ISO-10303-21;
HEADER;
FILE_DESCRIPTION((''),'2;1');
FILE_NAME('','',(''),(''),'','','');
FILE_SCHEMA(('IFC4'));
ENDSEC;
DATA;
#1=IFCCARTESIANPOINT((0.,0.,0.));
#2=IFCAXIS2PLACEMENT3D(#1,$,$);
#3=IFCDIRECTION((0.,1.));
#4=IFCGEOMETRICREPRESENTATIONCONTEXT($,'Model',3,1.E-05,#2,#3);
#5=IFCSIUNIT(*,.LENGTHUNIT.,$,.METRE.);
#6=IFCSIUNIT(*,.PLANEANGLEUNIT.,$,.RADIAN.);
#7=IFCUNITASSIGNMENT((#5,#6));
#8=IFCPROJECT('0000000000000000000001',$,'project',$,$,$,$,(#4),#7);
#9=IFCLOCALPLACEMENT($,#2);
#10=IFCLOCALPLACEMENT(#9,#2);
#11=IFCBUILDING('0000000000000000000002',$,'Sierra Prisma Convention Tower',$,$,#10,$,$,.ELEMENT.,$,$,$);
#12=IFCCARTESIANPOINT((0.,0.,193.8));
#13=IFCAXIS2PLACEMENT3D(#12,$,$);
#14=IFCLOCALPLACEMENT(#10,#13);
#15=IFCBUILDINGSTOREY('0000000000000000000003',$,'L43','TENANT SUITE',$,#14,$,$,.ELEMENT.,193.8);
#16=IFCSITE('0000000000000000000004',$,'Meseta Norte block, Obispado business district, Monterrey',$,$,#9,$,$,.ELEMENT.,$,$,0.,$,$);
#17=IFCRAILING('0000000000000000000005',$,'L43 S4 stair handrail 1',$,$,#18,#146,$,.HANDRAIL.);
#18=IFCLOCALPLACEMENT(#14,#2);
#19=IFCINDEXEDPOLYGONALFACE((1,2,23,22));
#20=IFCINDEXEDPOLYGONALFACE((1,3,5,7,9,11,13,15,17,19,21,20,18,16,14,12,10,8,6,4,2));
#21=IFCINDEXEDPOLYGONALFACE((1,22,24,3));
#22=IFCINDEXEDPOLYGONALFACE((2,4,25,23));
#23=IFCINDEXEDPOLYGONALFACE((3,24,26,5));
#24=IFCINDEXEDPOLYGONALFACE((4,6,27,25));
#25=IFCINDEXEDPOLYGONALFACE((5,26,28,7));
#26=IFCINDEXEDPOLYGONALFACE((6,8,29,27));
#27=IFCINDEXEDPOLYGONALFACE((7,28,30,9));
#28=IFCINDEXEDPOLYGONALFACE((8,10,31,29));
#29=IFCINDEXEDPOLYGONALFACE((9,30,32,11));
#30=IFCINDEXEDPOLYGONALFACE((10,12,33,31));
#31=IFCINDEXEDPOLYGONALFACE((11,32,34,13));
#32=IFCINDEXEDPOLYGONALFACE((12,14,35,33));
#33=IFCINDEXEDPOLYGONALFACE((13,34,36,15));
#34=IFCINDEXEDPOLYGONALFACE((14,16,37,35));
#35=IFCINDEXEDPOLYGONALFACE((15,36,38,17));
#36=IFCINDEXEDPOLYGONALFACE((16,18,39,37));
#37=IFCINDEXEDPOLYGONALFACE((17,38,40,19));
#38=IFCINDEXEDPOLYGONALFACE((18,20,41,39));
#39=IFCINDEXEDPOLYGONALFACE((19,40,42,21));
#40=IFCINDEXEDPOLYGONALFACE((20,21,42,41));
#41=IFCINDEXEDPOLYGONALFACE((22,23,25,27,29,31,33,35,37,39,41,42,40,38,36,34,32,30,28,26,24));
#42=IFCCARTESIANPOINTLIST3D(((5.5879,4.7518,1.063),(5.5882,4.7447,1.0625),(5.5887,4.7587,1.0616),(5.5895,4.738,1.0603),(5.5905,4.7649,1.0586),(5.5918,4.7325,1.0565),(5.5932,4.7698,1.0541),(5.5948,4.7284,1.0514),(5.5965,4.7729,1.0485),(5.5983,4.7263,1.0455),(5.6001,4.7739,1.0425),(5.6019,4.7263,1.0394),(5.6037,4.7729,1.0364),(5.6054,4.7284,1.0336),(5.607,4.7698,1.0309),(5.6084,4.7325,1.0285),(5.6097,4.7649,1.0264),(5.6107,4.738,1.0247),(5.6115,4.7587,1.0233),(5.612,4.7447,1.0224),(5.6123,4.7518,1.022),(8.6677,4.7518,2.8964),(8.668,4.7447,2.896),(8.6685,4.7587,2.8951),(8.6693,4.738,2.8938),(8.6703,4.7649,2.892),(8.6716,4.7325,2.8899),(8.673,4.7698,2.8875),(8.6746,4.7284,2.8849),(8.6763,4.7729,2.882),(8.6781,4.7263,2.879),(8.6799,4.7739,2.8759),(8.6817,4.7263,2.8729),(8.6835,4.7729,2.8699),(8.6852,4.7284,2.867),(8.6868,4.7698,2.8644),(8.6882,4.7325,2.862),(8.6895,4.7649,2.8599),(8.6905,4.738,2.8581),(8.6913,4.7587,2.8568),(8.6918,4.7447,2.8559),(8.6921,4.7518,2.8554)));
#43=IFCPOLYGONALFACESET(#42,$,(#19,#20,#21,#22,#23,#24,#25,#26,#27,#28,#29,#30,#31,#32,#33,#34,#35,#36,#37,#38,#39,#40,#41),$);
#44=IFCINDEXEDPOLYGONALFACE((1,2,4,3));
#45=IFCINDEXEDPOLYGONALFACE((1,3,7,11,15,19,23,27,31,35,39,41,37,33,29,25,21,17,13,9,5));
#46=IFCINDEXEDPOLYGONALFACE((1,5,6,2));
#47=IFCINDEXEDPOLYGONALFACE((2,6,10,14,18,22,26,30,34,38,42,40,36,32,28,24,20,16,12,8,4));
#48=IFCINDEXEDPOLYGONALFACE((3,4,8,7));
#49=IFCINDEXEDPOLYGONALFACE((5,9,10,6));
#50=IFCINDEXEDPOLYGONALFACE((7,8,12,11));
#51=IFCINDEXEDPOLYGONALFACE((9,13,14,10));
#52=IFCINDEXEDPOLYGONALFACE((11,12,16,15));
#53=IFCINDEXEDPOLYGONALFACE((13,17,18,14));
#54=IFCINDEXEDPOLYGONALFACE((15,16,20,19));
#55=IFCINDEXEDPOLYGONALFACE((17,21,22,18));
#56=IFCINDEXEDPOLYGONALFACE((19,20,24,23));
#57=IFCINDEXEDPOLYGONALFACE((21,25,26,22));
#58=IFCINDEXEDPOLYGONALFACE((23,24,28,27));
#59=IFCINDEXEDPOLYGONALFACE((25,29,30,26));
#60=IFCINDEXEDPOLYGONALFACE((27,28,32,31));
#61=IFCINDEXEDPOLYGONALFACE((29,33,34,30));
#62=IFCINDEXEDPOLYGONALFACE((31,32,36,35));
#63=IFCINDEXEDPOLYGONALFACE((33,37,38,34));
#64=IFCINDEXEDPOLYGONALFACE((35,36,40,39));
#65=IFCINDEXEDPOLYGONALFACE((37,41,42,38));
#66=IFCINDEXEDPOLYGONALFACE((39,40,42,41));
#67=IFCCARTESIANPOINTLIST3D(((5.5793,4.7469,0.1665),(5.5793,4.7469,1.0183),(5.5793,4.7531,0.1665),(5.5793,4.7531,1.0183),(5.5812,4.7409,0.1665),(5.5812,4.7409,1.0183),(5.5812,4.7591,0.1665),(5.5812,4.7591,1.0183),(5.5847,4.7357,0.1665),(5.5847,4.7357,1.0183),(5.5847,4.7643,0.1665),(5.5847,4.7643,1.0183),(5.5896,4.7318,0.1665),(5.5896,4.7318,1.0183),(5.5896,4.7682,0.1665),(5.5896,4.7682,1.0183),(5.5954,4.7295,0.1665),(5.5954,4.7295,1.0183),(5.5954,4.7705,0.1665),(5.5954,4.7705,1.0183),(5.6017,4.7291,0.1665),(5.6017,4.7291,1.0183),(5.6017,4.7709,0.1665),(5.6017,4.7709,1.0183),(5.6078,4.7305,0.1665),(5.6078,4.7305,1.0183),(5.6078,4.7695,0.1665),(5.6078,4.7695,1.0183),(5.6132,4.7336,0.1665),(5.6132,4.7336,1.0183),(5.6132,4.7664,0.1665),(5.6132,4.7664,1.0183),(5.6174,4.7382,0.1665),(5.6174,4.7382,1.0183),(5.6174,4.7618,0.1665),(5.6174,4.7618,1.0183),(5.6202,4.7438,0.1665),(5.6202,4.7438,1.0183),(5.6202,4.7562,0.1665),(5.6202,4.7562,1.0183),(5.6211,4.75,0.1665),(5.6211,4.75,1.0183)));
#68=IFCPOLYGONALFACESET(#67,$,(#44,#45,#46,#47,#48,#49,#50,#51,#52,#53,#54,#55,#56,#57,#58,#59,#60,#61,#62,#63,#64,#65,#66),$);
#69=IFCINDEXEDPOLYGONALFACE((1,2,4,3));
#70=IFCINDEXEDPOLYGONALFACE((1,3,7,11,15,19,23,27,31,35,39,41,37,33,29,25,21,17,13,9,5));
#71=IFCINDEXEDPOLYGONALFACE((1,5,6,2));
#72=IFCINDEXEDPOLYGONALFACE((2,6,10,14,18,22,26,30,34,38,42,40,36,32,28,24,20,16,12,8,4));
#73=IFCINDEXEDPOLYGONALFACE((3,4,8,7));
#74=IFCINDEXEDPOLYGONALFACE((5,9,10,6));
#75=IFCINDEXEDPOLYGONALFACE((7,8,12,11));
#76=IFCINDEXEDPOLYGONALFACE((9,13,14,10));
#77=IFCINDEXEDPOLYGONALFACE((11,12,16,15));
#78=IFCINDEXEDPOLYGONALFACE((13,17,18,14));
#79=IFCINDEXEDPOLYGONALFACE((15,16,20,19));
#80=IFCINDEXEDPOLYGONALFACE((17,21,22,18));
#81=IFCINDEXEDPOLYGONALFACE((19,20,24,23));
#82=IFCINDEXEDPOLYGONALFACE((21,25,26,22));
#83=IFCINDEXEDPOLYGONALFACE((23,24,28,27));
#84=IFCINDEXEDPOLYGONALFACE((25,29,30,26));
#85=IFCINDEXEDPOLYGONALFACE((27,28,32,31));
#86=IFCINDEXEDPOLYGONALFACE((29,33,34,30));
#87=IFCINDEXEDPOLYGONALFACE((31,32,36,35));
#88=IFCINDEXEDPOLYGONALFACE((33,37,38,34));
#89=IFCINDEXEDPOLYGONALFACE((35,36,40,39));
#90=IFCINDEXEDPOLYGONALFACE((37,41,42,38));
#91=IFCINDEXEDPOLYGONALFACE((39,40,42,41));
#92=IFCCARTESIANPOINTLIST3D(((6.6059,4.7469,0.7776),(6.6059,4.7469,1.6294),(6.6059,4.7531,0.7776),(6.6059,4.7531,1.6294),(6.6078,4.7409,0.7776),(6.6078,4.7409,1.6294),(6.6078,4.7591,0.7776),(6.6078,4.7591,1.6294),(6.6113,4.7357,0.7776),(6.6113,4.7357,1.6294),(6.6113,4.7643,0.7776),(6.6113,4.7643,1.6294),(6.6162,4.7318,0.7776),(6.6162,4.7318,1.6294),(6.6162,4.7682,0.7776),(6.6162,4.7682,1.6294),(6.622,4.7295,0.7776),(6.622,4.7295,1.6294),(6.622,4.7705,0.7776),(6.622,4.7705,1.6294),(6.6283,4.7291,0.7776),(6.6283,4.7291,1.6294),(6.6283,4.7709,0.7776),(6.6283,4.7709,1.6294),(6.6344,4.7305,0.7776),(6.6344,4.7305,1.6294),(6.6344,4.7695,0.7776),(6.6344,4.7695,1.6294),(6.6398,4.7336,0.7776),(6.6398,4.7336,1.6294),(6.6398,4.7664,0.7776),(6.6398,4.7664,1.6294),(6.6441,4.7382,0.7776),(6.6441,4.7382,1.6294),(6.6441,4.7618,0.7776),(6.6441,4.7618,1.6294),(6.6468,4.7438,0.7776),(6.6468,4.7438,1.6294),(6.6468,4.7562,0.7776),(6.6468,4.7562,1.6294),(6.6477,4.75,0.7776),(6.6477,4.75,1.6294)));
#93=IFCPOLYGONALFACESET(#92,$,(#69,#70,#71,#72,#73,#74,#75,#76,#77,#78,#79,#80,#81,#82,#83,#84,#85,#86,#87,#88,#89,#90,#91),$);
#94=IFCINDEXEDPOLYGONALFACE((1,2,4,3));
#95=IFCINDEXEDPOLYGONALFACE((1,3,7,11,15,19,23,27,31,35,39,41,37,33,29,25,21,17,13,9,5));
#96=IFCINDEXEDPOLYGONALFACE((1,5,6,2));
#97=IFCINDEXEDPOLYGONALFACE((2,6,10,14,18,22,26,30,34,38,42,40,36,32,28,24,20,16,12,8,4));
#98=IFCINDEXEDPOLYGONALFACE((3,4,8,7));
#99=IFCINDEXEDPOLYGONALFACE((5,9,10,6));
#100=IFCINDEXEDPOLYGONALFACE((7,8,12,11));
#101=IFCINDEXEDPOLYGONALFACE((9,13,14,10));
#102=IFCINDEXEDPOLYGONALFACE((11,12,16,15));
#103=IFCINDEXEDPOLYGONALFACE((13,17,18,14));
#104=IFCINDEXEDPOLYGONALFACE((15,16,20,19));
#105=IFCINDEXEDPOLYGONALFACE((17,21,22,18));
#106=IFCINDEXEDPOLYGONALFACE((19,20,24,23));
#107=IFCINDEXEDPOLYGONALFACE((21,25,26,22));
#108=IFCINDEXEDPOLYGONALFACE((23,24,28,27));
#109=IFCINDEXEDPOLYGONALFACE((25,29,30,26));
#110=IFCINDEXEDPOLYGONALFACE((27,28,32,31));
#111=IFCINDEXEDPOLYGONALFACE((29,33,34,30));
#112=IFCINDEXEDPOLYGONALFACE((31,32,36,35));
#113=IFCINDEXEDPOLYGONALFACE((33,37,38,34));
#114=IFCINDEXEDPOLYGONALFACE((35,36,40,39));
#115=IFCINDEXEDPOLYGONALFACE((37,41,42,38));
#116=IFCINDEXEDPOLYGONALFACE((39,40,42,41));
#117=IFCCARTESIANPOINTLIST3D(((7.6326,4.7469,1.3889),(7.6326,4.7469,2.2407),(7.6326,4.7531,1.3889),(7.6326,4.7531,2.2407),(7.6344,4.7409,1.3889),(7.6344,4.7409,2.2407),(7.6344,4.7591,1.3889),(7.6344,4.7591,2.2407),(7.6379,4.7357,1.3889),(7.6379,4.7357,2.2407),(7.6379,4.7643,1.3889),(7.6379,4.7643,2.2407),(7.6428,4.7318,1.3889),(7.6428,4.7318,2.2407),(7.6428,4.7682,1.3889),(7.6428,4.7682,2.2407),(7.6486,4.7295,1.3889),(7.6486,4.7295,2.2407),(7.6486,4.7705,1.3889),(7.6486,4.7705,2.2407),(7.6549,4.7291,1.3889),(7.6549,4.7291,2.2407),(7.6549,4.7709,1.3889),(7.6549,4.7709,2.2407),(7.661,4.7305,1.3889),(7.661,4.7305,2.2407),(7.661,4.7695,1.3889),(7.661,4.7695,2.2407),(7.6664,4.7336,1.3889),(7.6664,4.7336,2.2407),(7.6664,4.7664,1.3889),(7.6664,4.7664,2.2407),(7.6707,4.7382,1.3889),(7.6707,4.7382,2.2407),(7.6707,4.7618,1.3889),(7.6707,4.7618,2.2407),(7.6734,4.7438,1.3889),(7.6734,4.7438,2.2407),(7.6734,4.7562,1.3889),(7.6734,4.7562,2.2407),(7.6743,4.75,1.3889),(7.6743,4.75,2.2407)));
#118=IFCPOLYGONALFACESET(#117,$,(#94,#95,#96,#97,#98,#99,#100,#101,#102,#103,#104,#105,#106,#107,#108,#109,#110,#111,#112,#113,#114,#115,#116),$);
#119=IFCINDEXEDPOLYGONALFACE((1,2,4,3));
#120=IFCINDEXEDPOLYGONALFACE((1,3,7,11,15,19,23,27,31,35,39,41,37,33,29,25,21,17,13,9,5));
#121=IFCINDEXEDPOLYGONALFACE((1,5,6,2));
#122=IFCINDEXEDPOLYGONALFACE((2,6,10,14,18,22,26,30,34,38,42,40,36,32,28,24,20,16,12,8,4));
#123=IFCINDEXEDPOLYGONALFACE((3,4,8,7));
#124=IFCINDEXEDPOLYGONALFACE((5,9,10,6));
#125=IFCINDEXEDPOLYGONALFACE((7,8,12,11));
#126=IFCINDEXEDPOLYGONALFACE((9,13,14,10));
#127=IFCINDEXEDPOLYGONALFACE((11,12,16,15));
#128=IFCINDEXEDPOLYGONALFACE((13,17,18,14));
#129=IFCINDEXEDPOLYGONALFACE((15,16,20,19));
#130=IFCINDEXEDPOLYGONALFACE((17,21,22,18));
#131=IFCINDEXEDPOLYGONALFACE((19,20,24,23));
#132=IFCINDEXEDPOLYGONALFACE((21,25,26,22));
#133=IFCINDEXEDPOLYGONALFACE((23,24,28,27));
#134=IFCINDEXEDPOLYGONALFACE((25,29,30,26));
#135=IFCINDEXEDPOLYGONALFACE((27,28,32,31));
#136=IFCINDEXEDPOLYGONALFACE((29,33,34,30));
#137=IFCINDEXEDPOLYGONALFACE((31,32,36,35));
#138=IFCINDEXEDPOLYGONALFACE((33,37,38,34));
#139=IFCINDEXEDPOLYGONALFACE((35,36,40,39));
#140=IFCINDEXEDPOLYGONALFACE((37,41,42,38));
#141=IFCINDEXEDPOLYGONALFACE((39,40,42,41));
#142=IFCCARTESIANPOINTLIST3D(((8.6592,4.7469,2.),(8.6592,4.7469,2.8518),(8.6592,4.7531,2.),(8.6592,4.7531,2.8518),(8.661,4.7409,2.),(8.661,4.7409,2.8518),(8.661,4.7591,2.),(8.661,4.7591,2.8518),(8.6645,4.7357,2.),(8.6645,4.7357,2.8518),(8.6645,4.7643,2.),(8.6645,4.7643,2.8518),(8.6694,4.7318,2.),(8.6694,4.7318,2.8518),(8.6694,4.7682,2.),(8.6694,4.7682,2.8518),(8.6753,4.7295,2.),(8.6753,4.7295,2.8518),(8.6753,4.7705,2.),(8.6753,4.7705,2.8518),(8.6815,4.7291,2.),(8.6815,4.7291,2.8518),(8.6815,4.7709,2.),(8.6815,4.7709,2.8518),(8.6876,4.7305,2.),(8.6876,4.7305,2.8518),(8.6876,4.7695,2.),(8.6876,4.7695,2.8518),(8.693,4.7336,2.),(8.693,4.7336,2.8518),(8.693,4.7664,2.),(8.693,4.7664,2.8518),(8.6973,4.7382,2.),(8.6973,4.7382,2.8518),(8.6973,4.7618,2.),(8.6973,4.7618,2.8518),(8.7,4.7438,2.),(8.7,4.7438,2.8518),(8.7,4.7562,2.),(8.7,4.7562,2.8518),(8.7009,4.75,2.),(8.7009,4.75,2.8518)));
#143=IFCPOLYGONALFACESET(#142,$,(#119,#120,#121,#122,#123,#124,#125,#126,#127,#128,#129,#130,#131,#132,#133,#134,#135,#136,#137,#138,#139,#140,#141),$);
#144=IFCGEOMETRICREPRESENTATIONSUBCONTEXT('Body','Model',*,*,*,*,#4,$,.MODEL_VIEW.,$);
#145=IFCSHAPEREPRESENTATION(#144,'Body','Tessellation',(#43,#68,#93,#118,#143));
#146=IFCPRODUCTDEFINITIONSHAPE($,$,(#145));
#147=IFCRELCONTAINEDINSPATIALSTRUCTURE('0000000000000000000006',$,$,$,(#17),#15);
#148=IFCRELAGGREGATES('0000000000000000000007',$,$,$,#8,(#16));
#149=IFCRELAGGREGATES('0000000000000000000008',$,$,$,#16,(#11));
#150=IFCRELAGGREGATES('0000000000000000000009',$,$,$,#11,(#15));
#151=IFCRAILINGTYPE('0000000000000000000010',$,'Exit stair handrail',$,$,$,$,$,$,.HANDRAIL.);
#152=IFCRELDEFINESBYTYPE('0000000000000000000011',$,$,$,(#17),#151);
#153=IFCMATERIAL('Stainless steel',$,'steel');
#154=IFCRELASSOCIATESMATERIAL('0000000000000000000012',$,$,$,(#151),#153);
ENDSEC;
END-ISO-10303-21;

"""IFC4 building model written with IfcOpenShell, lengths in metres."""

from ifc_helpers import new_model, si_unit, direction, frame, origin, origin_2d, place, context, subcontext, project, spatial, circle, extrude, material, type_object, element, save


model = new_model("IFC4")

# Units and contexts
model_context = context("Model", 3, precision=1e-05, world=origin(), true_north=direction((0.0, 1.0)))
body_context = subcontext(model_context, "Body", "Model", "MODEL_VIEW")
ifc_project = project(units=[si_unit("LENGTHUNIT", "METRE"), si_unit("PLANEANGLEUNIT", "RADIAN")], contexts=[model_context])

# Site, building, storey
site_placement = place(None, origin())
site = spatial("IfcSite", under=ifc_project, at=site_placement, Name="Meseta Norte block, Obispado business district, Monterrey", CompositionType="ELEMENT", RefElevation=0.0)
building_placement = place(site_placement, origin())
building = spatial("IfcBuilding", under=site, at=building_placement, Name="Sierra Prisma Convention Tower", CompositionType="ELEMENT")
storey_placement = place(building_placement, frame((0.0, 0.0, 193.8)))
storey = spatial("IfcBuildingStorey", under=building, at=storey_placement, Name="L43", Description="TENANT SUITE", CompositionType="ELEMENT", Elevation=193.8)

# Railing
ifc_material_1 = material(Name="Stainless steel", Category="steel")
railing_type_1 = type_object("IfcRailingType", Name="Exit stair handrail", PredefinedType="HANDRAIL", material=ifc_material_1)
railing_1_placement = place(storey_placement, frame((5.6001, 4.75, 0.1665)))
element("IfcRailing", 1, at=railing_1_placement, inside=storey, type_object=railing_type_1, Name="L43 S4 stair handrail 1", PredefinedType="HANDRAIL", context=body_context, shape_type="SweptSolid", body=[
    extrude(circle(Radius=0.0239, at=origin_2d()), frame((0.0, 0.0, 0.876), z_axis=(0.859261, 0.0, 0.511538), x_axis=(0.0, 1.0, 0.0)), (0.0, 0.0, 1.0), 3.5842),
    extrude(circle(Radius=0.021, at=origin_2d()), origin(), (0.0, 0.0, 1.0), 0.8518),
    extrude(circle(Radius=0.021, at=origin_2d()), frame((1.0266, 0.0, 0.6111)), (0.0, 0.0, 1.0), 0.8518),
    extrude(circle(Radius=0.021, at=origin_2d()), frame((2.0532, 0.0, 1.2224)), (0.0, 0.0, 1.0), 0.8518),
    extrude(circle(Radius=0.021, at=origin_2d()), frame((3.0798, 0.0, 1.8335)), (0.0, 0.0, 1.0), 0.8518),
])

save(model, "model.ifc")
